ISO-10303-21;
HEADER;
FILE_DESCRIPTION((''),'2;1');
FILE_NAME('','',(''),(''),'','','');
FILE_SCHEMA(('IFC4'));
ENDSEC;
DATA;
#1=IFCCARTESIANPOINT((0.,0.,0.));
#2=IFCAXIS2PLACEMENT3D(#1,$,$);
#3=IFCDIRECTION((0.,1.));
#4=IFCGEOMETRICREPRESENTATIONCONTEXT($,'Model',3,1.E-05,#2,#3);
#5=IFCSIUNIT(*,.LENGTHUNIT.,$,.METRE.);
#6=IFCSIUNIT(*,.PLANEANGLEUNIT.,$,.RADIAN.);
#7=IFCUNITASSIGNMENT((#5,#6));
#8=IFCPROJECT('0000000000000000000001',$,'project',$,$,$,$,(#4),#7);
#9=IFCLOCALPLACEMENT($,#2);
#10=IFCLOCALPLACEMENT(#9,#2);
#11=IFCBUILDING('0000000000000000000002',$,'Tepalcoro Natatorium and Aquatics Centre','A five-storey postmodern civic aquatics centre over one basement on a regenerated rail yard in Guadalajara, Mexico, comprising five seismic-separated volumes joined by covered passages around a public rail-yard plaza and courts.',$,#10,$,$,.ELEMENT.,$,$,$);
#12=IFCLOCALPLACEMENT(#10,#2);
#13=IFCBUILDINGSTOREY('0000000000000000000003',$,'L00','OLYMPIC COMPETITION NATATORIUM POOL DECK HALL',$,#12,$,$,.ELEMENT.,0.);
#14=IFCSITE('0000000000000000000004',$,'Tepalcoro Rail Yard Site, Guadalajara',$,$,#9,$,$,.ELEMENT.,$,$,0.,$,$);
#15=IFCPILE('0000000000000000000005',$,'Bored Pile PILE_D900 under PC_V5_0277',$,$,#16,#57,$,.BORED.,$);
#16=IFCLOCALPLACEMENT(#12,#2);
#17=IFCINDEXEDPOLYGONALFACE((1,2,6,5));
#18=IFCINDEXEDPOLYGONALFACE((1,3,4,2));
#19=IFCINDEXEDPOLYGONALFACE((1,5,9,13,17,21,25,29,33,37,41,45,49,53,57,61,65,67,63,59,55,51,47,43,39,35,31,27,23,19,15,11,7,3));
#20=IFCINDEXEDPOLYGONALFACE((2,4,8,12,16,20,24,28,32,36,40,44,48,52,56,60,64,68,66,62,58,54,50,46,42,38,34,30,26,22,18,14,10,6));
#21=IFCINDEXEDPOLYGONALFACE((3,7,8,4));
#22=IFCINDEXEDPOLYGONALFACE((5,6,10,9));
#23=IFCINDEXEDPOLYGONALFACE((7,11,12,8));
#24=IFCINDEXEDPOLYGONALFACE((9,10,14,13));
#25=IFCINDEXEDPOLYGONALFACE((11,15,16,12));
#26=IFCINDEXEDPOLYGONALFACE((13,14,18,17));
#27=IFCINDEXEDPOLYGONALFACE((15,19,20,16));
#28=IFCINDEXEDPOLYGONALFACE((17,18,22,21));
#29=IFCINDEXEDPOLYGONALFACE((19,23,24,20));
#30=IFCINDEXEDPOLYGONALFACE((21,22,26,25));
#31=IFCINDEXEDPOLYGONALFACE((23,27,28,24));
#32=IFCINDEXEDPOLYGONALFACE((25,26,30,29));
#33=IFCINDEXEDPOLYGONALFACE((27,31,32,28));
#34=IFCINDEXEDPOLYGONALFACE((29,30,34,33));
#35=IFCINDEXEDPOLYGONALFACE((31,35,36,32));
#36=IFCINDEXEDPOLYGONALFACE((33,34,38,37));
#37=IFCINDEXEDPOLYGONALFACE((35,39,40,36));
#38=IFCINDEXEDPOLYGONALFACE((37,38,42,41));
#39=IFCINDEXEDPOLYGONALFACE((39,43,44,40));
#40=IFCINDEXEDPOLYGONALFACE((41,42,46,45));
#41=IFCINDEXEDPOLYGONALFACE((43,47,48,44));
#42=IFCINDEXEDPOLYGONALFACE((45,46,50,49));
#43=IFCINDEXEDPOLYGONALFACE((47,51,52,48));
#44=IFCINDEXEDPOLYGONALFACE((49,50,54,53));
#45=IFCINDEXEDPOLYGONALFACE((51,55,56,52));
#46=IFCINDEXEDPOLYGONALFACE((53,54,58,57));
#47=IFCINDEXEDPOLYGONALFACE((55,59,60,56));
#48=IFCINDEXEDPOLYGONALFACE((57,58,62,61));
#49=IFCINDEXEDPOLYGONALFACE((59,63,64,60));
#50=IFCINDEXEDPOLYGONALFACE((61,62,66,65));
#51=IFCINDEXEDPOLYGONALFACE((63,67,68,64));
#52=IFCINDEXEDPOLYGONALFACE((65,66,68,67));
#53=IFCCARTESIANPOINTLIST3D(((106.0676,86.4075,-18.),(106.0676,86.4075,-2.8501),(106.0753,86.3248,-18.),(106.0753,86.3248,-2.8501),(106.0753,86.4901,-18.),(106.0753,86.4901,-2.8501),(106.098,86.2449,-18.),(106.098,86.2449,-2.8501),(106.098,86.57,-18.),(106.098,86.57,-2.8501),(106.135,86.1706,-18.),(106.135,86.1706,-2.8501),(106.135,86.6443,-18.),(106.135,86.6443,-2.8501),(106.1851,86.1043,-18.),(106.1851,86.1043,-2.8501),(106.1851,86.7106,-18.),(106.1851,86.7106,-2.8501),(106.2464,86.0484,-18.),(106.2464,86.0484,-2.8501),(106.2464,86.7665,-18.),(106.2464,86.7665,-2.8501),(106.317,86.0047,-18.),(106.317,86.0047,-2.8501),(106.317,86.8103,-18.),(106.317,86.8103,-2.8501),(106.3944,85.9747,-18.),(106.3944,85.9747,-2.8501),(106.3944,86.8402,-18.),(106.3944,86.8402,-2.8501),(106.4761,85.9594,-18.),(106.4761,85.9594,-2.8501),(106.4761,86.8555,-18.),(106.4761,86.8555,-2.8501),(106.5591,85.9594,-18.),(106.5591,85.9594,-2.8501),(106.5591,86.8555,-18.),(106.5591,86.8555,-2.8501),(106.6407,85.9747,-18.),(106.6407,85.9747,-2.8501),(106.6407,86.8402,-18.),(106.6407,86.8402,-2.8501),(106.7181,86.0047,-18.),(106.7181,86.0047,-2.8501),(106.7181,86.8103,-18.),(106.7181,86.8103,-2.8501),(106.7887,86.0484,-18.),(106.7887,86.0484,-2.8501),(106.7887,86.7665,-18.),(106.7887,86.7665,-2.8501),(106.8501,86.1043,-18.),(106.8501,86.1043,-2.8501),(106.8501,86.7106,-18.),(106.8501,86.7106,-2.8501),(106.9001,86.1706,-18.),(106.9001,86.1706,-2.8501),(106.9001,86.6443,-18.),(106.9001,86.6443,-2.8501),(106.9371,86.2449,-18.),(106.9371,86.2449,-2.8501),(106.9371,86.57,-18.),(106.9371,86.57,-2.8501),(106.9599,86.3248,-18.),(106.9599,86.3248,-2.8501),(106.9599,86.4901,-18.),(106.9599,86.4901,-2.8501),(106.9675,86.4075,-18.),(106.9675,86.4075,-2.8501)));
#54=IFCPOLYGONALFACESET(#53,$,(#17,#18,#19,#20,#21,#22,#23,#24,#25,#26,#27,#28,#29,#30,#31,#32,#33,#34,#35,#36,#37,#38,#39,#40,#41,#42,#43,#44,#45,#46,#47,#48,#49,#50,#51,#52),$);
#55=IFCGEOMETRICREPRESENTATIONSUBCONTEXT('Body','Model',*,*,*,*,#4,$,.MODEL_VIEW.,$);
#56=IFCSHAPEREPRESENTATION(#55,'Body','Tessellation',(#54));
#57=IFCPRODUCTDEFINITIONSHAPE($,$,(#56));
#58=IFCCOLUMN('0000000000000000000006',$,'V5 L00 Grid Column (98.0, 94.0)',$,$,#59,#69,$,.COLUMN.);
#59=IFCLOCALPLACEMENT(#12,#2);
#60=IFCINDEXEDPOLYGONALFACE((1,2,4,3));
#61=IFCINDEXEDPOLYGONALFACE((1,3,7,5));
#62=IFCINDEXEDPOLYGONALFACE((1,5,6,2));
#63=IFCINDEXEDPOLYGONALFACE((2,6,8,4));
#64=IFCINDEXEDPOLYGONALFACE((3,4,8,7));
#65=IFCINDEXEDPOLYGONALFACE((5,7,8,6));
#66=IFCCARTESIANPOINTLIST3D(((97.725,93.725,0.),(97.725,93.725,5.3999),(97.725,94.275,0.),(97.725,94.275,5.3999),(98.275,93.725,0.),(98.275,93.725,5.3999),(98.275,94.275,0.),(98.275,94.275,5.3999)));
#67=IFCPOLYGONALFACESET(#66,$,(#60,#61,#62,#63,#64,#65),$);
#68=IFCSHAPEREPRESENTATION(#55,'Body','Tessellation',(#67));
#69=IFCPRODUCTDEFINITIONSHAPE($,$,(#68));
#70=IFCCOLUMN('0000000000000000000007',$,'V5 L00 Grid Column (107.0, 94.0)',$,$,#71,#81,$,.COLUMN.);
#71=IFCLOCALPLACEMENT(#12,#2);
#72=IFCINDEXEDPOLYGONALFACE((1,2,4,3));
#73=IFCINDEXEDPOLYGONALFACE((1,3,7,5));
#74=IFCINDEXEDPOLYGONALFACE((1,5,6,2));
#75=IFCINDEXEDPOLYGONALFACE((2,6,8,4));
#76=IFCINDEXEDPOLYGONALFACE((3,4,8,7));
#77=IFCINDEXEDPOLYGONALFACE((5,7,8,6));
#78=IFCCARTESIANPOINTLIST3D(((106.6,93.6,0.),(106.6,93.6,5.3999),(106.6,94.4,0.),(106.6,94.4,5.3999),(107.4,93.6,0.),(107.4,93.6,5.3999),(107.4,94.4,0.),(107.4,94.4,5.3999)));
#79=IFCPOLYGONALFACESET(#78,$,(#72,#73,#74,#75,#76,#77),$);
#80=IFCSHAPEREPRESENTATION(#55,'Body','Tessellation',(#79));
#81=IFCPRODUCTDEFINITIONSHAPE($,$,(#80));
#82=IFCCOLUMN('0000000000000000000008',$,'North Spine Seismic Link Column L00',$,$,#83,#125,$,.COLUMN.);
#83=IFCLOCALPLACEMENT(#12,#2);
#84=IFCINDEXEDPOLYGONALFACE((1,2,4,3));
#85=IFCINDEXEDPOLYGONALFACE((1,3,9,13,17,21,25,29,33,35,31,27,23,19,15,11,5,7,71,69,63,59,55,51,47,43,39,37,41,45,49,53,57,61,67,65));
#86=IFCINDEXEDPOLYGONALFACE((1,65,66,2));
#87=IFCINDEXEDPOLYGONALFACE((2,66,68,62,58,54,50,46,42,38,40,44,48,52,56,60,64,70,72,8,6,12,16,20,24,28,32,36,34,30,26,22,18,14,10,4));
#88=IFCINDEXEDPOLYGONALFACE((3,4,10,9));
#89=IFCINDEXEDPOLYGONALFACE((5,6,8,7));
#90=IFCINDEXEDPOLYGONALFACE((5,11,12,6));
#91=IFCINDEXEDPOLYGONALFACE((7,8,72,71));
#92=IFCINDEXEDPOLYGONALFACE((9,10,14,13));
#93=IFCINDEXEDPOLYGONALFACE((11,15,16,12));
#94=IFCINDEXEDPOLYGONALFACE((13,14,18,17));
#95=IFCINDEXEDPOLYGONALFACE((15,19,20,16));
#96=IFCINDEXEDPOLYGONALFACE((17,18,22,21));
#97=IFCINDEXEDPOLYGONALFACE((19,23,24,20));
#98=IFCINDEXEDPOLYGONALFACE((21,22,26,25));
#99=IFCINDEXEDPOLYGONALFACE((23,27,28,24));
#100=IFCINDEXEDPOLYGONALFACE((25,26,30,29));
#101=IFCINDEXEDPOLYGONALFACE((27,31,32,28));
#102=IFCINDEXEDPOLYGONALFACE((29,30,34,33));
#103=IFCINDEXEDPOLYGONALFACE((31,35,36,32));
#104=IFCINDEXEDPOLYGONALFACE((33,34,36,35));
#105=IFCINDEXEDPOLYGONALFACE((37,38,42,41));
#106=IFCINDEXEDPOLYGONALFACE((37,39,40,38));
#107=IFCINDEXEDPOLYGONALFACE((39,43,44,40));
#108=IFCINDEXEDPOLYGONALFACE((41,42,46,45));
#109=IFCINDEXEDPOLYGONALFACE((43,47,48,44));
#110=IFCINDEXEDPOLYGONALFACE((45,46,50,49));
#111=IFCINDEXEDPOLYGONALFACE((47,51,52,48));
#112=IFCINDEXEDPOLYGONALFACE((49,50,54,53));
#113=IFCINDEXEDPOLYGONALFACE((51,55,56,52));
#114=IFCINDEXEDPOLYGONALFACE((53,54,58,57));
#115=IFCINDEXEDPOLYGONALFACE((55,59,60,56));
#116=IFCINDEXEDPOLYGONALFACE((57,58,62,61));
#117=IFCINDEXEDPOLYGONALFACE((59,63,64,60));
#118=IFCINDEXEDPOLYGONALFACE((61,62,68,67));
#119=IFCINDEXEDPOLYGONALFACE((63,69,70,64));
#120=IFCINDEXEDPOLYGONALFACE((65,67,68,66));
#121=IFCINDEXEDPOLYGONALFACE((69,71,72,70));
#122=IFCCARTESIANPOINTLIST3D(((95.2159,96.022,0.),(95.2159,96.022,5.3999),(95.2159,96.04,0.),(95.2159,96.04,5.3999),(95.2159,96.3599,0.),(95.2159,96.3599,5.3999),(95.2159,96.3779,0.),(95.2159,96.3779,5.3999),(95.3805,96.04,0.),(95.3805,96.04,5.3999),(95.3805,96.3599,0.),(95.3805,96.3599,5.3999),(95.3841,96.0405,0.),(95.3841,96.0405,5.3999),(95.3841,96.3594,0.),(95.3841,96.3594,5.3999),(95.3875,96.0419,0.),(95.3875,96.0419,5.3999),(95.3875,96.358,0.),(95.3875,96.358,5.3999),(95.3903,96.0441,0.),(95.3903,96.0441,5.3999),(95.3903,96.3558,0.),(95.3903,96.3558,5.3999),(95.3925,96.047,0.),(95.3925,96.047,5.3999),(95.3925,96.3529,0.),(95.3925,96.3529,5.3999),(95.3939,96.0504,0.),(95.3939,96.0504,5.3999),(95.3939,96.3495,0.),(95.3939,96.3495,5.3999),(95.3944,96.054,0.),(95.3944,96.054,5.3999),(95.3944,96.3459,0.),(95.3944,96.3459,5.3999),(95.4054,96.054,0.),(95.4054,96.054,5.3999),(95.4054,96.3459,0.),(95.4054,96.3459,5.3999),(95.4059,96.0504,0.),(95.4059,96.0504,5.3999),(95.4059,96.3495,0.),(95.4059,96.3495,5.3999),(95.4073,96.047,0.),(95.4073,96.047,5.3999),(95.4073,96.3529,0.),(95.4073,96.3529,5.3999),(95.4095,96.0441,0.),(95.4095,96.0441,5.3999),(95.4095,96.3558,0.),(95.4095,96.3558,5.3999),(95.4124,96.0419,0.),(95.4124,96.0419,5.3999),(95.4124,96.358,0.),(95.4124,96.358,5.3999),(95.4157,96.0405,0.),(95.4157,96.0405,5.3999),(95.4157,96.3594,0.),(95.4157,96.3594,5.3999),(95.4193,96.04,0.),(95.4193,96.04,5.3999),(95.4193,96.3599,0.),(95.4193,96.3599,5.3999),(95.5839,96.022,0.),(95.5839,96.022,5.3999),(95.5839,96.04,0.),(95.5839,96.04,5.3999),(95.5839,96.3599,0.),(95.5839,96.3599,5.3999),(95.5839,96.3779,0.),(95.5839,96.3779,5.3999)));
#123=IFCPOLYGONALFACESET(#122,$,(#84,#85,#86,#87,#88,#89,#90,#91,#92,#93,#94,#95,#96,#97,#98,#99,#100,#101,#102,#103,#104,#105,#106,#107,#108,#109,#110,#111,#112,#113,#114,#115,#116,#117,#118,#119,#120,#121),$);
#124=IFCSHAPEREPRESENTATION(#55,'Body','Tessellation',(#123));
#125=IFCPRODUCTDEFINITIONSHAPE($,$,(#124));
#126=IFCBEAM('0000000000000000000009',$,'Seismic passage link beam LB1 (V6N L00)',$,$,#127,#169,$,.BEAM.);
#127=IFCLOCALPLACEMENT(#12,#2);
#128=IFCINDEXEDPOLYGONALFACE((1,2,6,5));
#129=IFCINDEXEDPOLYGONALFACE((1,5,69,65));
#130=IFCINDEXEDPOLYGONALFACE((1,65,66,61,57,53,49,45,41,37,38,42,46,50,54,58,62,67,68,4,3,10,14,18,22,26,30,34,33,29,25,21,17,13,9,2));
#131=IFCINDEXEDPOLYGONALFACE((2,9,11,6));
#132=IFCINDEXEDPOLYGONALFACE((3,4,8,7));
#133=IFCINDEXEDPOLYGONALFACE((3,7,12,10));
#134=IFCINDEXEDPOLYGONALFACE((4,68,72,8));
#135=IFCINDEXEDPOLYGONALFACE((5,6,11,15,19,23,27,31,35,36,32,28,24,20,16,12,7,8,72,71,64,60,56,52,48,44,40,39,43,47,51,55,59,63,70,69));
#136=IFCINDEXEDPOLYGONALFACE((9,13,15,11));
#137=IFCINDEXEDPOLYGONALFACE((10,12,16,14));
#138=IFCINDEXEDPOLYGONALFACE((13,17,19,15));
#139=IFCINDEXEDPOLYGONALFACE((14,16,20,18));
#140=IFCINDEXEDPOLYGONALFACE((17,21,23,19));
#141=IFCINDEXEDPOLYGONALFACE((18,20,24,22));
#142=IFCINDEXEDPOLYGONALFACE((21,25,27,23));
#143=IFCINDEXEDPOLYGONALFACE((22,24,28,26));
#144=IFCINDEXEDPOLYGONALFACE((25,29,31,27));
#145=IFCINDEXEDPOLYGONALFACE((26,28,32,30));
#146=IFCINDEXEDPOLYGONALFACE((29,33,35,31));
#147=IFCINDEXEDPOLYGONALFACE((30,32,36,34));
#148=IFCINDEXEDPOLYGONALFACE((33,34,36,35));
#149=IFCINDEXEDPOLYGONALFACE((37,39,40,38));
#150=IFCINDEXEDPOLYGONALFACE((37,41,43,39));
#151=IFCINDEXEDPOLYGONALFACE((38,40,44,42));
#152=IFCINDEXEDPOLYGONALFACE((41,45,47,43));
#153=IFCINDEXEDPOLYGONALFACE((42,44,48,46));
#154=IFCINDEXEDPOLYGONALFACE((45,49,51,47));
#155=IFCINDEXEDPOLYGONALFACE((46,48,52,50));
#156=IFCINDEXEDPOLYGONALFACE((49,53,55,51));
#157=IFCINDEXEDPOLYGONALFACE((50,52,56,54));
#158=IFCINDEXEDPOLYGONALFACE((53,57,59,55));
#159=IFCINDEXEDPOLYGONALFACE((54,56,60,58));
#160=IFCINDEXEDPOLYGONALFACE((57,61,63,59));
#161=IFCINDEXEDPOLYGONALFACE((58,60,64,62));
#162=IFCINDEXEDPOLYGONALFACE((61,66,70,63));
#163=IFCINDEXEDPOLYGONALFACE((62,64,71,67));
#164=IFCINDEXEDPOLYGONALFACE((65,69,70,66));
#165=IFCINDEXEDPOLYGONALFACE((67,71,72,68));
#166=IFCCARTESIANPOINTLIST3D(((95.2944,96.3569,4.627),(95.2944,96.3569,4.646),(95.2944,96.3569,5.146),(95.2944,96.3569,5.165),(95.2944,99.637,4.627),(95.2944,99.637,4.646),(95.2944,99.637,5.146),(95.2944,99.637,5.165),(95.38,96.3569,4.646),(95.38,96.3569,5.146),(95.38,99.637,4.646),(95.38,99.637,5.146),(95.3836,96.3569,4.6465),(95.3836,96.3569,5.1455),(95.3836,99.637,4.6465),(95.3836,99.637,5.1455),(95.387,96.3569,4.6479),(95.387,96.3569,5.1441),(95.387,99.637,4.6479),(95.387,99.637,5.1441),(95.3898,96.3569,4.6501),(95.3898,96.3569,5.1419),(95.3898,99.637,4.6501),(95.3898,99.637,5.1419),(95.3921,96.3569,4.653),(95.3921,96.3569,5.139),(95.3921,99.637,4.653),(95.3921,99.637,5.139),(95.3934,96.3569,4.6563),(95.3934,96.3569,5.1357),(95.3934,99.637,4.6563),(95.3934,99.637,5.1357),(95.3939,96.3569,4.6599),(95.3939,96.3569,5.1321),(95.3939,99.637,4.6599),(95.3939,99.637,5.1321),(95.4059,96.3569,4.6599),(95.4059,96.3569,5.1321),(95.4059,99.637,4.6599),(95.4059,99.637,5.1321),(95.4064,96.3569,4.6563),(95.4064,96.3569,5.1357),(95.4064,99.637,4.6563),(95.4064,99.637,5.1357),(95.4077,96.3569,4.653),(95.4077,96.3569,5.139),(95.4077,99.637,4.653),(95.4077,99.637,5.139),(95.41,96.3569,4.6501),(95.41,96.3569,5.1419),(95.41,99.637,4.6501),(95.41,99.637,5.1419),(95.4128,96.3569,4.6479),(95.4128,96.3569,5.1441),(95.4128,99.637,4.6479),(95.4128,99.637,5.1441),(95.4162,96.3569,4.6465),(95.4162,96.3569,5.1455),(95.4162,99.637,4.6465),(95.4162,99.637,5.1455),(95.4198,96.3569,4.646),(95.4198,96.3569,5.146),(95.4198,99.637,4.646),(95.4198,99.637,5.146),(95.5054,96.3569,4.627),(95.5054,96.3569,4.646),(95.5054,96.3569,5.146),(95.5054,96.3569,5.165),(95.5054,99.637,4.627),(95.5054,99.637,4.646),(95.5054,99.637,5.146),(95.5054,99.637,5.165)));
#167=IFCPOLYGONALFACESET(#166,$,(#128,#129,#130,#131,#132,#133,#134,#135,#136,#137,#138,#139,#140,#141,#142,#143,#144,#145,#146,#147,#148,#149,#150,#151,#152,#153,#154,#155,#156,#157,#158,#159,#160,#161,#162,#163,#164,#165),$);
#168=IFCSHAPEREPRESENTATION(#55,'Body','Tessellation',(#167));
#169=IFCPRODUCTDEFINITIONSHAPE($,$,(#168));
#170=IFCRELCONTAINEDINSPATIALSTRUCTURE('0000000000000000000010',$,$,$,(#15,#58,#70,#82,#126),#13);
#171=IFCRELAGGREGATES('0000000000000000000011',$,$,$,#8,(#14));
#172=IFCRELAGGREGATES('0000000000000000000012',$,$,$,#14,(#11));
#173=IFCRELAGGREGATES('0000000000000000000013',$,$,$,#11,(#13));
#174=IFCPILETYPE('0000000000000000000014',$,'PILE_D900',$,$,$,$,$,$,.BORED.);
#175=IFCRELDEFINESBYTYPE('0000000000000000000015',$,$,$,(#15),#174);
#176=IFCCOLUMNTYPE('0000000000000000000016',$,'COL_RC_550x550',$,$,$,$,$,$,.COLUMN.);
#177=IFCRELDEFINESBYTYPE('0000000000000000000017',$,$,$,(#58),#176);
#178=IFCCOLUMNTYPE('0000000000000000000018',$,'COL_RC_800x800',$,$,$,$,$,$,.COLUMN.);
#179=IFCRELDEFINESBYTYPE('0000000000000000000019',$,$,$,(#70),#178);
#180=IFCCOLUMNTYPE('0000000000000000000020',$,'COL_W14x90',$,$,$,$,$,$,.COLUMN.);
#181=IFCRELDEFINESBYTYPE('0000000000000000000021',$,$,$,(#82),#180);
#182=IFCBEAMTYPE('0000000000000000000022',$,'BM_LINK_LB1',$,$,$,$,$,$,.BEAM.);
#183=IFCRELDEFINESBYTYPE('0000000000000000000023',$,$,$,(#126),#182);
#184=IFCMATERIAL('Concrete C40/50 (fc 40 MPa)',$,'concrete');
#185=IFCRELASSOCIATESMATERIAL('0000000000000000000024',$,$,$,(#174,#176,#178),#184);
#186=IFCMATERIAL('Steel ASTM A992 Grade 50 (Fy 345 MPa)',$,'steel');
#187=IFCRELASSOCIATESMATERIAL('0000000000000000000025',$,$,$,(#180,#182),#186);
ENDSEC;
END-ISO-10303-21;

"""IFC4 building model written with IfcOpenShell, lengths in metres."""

from ifc_helpers import new_model, si_unit, direction, frame, origin, origin_2d, place, context, subcontext, project, spatial, rectangle, circle, i_section, extrude, material, material_profile, profile_set, type_object, element, save


model = new_model("IFC4")

# Units and contexts
model_context = context("Model", 3, precision=1e-05, world=origin(), true_north=direction((0.0, 1.0)))
body_context = subcontext(model_context, "Body", "Model", "MODEL_VIEW")
ifc_project = project(units=[si_unit("LENGTHUNIT", "METRE"), si_unit("PLANEANGLEUNIT", "RADIAN")], contexts=[model_context])

# Site, building, storey
site_placement = place(None, origin())
site = spatial("IfcSite", under=ifc_project, at=site_placement, Name="Tepalcoro Rail Yard Site, Guadalajara", CompositionType="ELEMENT", RefElevation=0.0)
building_placement = place(site_placement, origin())
building = spatial("IfcBuilding", under=site, at=building_placement, Name="Tepalcoro Natatorium and Aquatics Centre", Description="A five-storey postmodern civic aquatics centre over one basement on a regenerated rail yard in Guadalajara, Mexico, comprising five seismic-separated volumes joined by covered passages around a public rail-yard plaza and courts.", CompositionType="ELEMENT")
storey_placement = place(building_placement, origin())
storey = spatial("IfcBuildingStorey", under=building, at=storey_placement, Name="L00", Description="OLYMPIC COMPETITION NATATORIUM POOL DECK HALL", CompositionType="ELEMENT", Elevation=0.0)

# Pile
ifc_material_1 = material(Name="Concrete C40/50 (fc 40 MPa)", Category="concrete")
ifc_material_profile_1 = material_profile(ifc_material_1, circle(Radius=0.45, at=origin_2d()), Name="PILE_D900")
ifc_profile_set_1 = profile_set([ifc_material_profile_1], Name="Concrete C40/50 (fc 40 MPa)")
pile_type_1 = type_object("IfcPileType", Name="PILE_D900", PredefinedType="BORED", material=ifc_profile_set_1)
pile_placement = place(storey_placement, frame((106.5176, 86.4075, -2.8501), z_axis=(0.0, 0.0, -1.0), x_axis=(1.0, 0.0, 0.0)))
element("IfcPile", 1, at=pile_placement, inside=storey, type_object=pile_type_1, Name="Bored Pile PILE_D900 under PC_V5_0277", PredefinedType="BORED", context=body_context, shape_type="SweptSolid", body=[
    extrude(circle(Radius=0.45, at=origin_2d()), origin(), (0.0, 0.0, 1.0), 15.1499),
])

# Columns
ifc_material_profile_2 = material_profile(ifc_material_1, rectangle(XDim=0.55, YDim=0.55, at=origin_2d()), Name="RC550x550")
ifc_profile_set_2 = profile_set([ifc_material_profile_2], Name="Concrete C40/50 (fc 40 MPa)")
column_type_1 = type_object("IfcColumnType", Name="COL_RC_550x550", PredefinedType="COLUMN", material=ifc_profile_set_2)
column_1_placement = place(storey_placement, frame((98.0, 94.0, 0.0), z_axis=(0.0, 0.0, 1.0), x_axis=(1.0, 0.0, 0.0)))
element("IfcColumn", 2, at=column_1_placement, inside=storey, type_object=column_type_1, Name="V5 L00 Grid Column (98.0, 94.0)", PredefinedType="COLUMN", context=body_context, shape_type="SweptSolid", body=[
    extrude(rectangle(XDim=0.55, YDim=0.55, at=origin_2d()), origin(), (0.0, 0.0, 1.0), 5.3999),
])
ifc_material_profile_3 = material_profile(ifc_material_1, rectangle(XDim=0.8, YDim=0.8, at=origin_2d()), Name="RC800x800")
ifc_profile_set_3 = profile_set([ifc_material_profile_3], Name="Concrete C40/50 (fc 40 MPa)")
column_type_2 = type_object("IfcColumnType", Name="COL_RC_800x800", PredefinedType="COLUMN", material=ifc_profile_set_3)
column_2_placement = place(storey_placement, frame((107.0, 94.0, 0.0), z_axis=(0.0, 0.0, 1.0), x_axis=(1.0, 0.0, 0.0)))
element("IfcColumn", 3, at=column_2_placement, inside=storey, type_object=column_type_2, Name="V5 L00 Grid Column (107.0, 94.0)", PredefinedType="COLUMN", context=body_context, shape_type="SweptSolid", body=[
    extrude(rectangle(XDim=0.8, YDim=0.8, at=origin_2d()), origin(), (0.0, 0.0, 1.0), 5.3999),
])
ifc_material_2 = material(Name="Steel ASTM A992 Grade 50 (Fy 345 MPa)", Category="steel")
ifc_material_profile_4 = material_profile(ifc_material_2, i_section(OverallWidth=0.3679, OverallDepth=0.356, WebThickness=0.011, FlangeThickness=0.0181, FilletRadius=0.0139, at=origin_2d()), Name="W14X90")
ifc_profile_set_4 = profile_set([ifc_material_profile_4], Name="Steel ASTM A992 Grade 50 (Fy 345 MPa)")
column_type_3 = type_object("IfcColumnType", Name="COL_W14x90", PredefinedType="COLUMN", material=ifc_profile_set_4)
column_3_placement = place(storey_placement, frame((95.3999, 96.2, 0.0), z_axis=(0.0, 0.0, 1.0), x_axis=(1.0, 0.0, 0.0)))
element("IfcColumn", 4, at=column_3_placement, inside=storey, type_object=column_type_3, Name="North Spine Seismic Link Column L00", PredefinedType="COLUMN", context=body_context, shape_type="SweptSolid", body=[
    extrude(i_section(OverallWidth=0.3679, OverallDepth=0.356, WebThickness=0.011, FlangeThickness=0.0181, FilletRadius=0.0139, at=origin_2d()), origin(), (0.0, 0.0, 1.0), 5.3999),
])

# Beam
ifc_material_profile_5 = material_profile(ifc_material_2, i_section(OverallWidth=0.2109, OverallDepth=0.5381, WebThickness=0.012, FlangeThickness=0.019, FilletRadius=0.0139, at=origin_2d()), Name="W21X73")
ifc_profile_set_5 = profile_set([ifc_material_profile_5], Name="Steel ASTM A992 Grade 50 (Fy 345 MPa)")
beam_type_1 = type_object("IfcBeamType", Name="BM_LINK_LB1", PredefinedType="BEAM", material=ifc_profile_set_5)
beam_1_placement = place(storey_placement, frame((95.3999, 96.3569, 4.896), z_axis=(0.0, 1.0, 0.0), x_axis=(-1.0, 0.0, 0.0)))
element("IfcBeam", 5, at=beam_1_placement, inside=storey, type_object=beam_type_1, Name="Seismic passage link beam LB1 (V6N L00)", PredefinedType="BEAM", context=body_context, shape_type="SweptSolid", body=[
    extrude(i_section(OverallWidth=0.2109, OverallDepth=0.5381, WebThickness=0.012, FlangeThickness=0.019, FilletRadius=0.0139, at=origin_2d()), origin(), (0.0, 0.0, 1.0), 3.28),
])

save(model, "model.ifc")
